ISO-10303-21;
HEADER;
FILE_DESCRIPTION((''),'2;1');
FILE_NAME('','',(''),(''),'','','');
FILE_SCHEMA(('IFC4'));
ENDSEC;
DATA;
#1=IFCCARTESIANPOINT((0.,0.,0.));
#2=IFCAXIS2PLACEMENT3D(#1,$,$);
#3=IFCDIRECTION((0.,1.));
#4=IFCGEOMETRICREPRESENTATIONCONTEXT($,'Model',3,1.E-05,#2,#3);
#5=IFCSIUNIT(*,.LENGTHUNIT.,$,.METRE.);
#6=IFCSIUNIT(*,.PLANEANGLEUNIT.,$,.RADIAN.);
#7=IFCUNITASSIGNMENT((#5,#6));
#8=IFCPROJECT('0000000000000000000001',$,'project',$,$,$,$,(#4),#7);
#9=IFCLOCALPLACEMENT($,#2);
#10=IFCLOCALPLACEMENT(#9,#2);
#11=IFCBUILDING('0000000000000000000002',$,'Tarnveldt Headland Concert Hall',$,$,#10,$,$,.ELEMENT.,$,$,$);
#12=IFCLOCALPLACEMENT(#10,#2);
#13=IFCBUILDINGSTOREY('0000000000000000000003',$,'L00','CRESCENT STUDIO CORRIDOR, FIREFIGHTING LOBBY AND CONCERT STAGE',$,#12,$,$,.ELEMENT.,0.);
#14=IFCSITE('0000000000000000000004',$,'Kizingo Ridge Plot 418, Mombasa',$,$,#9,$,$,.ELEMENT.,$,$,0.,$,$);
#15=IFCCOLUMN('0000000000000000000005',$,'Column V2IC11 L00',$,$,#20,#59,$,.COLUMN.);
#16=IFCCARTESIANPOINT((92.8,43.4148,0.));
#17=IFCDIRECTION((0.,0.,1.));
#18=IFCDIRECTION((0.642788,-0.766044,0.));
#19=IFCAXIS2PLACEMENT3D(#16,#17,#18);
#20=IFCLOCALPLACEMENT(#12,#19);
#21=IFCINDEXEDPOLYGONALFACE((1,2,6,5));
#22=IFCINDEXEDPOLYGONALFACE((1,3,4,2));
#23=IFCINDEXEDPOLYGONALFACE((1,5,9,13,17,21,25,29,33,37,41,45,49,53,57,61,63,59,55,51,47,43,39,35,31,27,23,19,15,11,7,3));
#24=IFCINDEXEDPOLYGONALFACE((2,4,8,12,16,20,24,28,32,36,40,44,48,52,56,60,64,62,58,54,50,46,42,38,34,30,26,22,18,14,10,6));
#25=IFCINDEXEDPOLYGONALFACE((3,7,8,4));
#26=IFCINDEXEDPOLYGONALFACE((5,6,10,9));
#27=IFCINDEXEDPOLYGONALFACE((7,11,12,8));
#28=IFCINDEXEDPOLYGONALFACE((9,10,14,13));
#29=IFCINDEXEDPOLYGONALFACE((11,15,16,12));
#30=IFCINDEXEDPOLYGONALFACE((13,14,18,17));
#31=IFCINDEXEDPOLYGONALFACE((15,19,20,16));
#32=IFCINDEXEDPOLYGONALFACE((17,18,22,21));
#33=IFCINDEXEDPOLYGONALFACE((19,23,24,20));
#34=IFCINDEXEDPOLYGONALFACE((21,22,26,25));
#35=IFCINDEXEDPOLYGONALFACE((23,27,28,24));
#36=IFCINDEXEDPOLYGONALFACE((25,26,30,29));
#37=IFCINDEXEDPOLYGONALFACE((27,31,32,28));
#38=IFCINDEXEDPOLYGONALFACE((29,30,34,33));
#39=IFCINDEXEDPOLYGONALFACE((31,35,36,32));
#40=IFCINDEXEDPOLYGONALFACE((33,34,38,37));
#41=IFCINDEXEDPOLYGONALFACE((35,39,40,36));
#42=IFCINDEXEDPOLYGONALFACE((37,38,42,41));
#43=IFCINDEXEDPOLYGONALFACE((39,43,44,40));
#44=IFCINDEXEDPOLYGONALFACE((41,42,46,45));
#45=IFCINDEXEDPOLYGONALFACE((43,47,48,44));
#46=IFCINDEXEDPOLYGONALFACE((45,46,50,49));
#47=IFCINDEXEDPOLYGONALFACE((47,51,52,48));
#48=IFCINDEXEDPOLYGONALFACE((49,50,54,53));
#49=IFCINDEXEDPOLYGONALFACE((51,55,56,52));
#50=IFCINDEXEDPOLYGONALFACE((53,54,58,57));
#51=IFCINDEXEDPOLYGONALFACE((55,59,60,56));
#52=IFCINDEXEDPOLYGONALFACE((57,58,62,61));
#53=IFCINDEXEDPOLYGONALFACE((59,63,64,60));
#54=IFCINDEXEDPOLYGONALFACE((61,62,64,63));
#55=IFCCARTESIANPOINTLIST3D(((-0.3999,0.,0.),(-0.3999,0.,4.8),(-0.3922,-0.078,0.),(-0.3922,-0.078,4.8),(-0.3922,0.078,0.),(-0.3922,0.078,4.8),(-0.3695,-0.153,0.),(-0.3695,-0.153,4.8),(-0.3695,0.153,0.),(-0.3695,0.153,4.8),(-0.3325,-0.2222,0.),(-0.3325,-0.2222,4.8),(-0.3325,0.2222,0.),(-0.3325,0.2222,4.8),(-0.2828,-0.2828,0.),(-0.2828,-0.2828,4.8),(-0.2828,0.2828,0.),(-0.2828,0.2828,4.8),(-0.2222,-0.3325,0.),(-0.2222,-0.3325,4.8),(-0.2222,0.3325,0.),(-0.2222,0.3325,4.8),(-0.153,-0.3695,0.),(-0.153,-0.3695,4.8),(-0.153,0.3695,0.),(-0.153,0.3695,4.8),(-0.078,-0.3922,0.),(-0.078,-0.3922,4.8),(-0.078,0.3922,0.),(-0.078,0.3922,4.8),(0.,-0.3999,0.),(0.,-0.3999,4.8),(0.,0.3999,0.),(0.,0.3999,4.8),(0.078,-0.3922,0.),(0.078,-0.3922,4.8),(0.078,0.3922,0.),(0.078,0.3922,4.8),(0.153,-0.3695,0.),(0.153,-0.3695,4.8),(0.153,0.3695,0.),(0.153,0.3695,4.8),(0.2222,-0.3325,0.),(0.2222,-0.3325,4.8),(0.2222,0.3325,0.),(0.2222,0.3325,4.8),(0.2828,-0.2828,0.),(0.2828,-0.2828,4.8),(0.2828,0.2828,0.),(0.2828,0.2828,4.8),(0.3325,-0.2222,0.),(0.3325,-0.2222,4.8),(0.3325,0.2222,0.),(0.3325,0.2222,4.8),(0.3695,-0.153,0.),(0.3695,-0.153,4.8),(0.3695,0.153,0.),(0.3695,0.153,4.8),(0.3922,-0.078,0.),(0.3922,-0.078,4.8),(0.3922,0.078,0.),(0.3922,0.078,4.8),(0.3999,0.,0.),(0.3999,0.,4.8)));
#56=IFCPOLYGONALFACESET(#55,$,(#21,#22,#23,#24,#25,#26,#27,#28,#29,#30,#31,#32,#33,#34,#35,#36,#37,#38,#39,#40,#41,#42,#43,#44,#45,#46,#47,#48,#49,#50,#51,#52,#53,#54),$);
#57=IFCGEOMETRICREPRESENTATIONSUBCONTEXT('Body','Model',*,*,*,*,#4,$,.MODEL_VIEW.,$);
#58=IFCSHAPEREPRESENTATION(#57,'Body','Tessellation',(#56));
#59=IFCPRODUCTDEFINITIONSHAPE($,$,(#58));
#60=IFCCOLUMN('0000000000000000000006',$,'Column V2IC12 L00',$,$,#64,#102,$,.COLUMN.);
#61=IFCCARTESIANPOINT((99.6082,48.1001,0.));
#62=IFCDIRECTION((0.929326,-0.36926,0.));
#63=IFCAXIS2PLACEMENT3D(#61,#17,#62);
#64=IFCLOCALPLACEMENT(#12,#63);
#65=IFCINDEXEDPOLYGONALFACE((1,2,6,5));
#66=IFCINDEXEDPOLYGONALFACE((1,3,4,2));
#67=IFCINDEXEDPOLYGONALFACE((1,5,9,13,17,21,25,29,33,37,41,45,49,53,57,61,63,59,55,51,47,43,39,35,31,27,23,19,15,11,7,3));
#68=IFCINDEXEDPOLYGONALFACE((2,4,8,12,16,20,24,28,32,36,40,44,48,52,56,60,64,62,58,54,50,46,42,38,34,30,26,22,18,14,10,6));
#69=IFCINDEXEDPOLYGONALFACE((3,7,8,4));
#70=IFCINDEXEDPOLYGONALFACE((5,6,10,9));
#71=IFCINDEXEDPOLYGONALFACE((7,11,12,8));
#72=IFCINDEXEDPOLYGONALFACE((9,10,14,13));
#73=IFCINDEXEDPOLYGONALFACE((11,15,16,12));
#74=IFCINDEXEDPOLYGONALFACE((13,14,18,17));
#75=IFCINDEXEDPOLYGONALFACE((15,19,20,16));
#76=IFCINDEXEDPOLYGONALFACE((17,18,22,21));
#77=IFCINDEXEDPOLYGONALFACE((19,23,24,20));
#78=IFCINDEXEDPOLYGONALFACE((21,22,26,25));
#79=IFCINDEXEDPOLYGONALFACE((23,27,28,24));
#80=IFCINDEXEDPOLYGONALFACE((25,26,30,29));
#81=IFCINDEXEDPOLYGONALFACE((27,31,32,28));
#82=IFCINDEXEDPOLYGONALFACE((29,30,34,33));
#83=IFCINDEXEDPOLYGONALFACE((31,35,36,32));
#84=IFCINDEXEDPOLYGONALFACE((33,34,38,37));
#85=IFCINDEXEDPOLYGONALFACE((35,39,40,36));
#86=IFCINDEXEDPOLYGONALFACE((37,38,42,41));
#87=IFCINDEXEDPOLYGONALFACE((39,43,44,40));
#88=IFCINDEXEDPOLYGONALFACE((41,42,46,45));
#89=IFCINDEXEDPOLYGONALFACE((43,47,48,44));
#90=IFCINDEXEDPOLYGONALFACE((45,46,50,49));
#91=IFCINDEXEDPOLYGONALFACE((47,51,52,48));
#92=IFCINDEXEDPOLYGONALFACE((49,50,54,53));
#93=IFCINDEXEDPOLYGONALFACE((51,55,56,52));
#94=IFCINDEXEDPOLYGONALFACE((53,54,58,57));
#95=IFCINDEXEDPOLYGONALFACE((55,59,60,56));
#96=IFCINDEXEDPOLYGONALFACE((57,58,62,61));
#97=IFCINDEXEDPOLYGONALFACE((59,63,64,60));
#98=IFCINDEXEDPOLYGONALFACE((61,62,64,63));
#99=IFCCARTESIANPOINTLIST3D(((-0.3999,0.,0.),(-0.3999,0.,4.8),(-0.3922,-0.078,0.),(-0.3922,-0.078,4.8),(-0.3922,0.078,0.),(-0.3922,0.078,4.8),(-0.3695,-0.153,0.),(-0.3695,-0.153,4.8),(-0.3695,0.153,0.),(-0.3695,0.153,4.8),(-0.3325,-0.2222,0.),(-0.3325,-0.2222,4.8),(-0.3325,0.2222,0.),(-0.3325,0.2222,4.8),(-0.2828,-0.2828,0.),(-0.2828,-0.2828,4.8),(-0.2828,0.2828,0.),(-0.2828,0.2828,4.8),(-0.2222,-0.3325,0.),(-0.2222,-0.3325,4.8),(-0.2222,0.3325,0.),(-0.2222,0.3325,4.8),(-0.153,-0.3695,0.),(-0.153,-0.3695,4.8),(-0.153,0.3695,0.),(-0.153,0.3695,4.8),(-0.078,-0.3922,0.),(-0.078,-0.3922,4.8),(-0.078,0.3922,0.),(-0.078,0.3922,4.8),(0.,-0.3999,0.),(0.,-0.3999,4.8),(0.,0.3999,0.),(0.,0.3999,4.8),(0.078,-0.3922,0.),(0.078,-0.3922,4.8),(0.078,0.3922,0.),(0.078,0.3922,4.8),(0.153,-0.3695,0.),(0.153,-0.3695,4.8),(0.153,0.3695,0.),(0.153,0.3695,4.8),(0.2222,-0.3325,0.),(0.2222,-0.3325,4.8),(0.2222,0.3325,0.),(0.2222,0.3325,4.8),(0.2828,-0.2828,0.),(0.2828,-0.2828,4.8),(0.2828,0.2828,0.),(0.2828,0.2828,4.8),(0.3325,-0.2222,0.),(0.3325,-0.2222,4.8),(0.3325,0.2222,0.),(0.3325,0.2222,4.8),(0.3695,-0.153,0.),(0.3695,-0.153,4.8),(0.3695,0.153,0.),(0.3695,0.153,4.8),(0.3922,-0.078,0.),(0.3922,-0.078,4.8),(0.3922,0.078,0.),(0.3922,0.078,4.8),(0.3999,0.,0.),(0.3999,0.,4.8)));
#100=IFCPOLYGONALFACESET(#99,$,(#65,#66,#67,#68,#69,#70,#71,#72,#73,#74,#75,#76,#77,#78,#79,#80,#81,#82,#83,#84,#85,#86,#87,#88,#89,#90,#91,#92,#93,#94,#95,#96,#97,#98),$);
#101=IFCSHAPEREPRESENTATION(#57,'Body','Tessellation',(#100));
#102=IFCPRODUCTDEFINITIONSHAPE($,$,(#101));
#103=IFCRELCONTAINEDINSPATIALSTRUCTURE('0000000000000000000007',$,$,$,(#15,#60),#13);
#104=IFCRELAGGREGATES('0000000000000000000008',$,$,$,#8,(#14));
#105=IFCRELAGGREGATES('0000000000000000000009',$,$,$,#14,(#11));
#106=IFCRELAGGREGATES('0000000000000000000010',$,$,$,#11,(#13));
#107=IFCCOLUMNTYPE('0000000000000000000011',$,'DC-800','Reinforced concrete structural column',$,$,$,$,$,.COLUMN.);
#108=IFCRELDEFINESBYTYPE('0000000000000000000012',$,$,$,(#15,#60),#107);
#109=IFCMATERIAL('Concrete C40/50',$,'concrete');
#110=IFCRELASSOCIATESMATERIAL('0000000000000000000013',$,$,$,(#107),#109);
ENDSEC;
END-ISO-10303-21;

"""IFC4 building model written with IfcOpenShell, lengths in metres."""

from ifc_helpers import new_model, si_unit, direction, frame, origin, origin_2d, place, context, subcontext, project, spatial, circle, extrude, material, material_profile, profile_set, type_object, element, save


model = new_model("IFC4")

# Units and contexts
model_context = context("Model", 3, precision=1e-05, world=origin(), true_north=direction((0.0, 1.0)))
body_context = subcontext(model_context, "Body", "Model", "MODEL_VIEW")
ifc_project = project(units=[si_unit("LENGTHUNIT", "METRE"), si_unit("PLANEANGLEUNIT", "RADIAN")], contexts=[model_context])

# Site, building, storey
site_placement = place(None, origin())
site = spatial("IfcSite", under=ifc_project, at=site_placement, Name="Kizingo Ridge Plot 418, Mombasa", CompositionType="ELEMENT", RefElevation=0.0)
building_placement = place(site_placement, origin())
building = spatial("IfcBuilding", under=site, at=building_placement, Name="Tarnveldt Headland Concert Hall", CompositionType="ELEMENT")
storey_placement = place(building_placement, origin())
storey = spatial("IfcBuildingStorey", under=building, at=storey_placement, Name="L00", Description="CRESCENT STUDIO CORRIDOR, FIREFIGHTING LOBBY AND CONCERT STAGE", CompositionType="ELEMENT", Elevation=0.0)

# Columns
ifc_material_1 = material(Name="Concrete C40/50", Category="concrete")
ifc_material_profile_1 = material_profile(ifc_material_1, circle(Radius=0.3999, at=origin_2d()), Name="RC D800", Category="concrete")
ifc_profile_set_1 = profile_set([ifc_material_profile_1], Name="Concrete C40/50")
column_type_1 = type_object("IfcColumnType", Name="DC-800", Description="Reinforced concrete structural column", PredefinedType="COLUMN", material=ifc_profile_set_1)
for number, where, z_axis, x_axis, name in (
    (1, (92.8, 43.4148, 0.0), (0.0, 0.0, 1.0), (0.642788, -0.766044, 0.0), "Column V2IC11 L00"),
    (2, (99.6082, 48.1001, 0.0), (0.0, 0.0, 1.0), (0.929326, -0.36926, 0.0), "Column V2IC12 L00"),
):
    element("IfcColumn", number, at=place(storey_placement, frame(where, z_axis=z_axis, x_axis=x_axis)), inside=storey, type_object=column_type_1, Name=name, PredefinedType="COLUMN", context=body_context, shape_type="SweptSolid", body=[
        extrude(circle(Radius=0.3999, at=origin_2d()), origin(), (0.0, 0.0, 1.0), 4.8),
    ])

save(model, "model.ifc")
